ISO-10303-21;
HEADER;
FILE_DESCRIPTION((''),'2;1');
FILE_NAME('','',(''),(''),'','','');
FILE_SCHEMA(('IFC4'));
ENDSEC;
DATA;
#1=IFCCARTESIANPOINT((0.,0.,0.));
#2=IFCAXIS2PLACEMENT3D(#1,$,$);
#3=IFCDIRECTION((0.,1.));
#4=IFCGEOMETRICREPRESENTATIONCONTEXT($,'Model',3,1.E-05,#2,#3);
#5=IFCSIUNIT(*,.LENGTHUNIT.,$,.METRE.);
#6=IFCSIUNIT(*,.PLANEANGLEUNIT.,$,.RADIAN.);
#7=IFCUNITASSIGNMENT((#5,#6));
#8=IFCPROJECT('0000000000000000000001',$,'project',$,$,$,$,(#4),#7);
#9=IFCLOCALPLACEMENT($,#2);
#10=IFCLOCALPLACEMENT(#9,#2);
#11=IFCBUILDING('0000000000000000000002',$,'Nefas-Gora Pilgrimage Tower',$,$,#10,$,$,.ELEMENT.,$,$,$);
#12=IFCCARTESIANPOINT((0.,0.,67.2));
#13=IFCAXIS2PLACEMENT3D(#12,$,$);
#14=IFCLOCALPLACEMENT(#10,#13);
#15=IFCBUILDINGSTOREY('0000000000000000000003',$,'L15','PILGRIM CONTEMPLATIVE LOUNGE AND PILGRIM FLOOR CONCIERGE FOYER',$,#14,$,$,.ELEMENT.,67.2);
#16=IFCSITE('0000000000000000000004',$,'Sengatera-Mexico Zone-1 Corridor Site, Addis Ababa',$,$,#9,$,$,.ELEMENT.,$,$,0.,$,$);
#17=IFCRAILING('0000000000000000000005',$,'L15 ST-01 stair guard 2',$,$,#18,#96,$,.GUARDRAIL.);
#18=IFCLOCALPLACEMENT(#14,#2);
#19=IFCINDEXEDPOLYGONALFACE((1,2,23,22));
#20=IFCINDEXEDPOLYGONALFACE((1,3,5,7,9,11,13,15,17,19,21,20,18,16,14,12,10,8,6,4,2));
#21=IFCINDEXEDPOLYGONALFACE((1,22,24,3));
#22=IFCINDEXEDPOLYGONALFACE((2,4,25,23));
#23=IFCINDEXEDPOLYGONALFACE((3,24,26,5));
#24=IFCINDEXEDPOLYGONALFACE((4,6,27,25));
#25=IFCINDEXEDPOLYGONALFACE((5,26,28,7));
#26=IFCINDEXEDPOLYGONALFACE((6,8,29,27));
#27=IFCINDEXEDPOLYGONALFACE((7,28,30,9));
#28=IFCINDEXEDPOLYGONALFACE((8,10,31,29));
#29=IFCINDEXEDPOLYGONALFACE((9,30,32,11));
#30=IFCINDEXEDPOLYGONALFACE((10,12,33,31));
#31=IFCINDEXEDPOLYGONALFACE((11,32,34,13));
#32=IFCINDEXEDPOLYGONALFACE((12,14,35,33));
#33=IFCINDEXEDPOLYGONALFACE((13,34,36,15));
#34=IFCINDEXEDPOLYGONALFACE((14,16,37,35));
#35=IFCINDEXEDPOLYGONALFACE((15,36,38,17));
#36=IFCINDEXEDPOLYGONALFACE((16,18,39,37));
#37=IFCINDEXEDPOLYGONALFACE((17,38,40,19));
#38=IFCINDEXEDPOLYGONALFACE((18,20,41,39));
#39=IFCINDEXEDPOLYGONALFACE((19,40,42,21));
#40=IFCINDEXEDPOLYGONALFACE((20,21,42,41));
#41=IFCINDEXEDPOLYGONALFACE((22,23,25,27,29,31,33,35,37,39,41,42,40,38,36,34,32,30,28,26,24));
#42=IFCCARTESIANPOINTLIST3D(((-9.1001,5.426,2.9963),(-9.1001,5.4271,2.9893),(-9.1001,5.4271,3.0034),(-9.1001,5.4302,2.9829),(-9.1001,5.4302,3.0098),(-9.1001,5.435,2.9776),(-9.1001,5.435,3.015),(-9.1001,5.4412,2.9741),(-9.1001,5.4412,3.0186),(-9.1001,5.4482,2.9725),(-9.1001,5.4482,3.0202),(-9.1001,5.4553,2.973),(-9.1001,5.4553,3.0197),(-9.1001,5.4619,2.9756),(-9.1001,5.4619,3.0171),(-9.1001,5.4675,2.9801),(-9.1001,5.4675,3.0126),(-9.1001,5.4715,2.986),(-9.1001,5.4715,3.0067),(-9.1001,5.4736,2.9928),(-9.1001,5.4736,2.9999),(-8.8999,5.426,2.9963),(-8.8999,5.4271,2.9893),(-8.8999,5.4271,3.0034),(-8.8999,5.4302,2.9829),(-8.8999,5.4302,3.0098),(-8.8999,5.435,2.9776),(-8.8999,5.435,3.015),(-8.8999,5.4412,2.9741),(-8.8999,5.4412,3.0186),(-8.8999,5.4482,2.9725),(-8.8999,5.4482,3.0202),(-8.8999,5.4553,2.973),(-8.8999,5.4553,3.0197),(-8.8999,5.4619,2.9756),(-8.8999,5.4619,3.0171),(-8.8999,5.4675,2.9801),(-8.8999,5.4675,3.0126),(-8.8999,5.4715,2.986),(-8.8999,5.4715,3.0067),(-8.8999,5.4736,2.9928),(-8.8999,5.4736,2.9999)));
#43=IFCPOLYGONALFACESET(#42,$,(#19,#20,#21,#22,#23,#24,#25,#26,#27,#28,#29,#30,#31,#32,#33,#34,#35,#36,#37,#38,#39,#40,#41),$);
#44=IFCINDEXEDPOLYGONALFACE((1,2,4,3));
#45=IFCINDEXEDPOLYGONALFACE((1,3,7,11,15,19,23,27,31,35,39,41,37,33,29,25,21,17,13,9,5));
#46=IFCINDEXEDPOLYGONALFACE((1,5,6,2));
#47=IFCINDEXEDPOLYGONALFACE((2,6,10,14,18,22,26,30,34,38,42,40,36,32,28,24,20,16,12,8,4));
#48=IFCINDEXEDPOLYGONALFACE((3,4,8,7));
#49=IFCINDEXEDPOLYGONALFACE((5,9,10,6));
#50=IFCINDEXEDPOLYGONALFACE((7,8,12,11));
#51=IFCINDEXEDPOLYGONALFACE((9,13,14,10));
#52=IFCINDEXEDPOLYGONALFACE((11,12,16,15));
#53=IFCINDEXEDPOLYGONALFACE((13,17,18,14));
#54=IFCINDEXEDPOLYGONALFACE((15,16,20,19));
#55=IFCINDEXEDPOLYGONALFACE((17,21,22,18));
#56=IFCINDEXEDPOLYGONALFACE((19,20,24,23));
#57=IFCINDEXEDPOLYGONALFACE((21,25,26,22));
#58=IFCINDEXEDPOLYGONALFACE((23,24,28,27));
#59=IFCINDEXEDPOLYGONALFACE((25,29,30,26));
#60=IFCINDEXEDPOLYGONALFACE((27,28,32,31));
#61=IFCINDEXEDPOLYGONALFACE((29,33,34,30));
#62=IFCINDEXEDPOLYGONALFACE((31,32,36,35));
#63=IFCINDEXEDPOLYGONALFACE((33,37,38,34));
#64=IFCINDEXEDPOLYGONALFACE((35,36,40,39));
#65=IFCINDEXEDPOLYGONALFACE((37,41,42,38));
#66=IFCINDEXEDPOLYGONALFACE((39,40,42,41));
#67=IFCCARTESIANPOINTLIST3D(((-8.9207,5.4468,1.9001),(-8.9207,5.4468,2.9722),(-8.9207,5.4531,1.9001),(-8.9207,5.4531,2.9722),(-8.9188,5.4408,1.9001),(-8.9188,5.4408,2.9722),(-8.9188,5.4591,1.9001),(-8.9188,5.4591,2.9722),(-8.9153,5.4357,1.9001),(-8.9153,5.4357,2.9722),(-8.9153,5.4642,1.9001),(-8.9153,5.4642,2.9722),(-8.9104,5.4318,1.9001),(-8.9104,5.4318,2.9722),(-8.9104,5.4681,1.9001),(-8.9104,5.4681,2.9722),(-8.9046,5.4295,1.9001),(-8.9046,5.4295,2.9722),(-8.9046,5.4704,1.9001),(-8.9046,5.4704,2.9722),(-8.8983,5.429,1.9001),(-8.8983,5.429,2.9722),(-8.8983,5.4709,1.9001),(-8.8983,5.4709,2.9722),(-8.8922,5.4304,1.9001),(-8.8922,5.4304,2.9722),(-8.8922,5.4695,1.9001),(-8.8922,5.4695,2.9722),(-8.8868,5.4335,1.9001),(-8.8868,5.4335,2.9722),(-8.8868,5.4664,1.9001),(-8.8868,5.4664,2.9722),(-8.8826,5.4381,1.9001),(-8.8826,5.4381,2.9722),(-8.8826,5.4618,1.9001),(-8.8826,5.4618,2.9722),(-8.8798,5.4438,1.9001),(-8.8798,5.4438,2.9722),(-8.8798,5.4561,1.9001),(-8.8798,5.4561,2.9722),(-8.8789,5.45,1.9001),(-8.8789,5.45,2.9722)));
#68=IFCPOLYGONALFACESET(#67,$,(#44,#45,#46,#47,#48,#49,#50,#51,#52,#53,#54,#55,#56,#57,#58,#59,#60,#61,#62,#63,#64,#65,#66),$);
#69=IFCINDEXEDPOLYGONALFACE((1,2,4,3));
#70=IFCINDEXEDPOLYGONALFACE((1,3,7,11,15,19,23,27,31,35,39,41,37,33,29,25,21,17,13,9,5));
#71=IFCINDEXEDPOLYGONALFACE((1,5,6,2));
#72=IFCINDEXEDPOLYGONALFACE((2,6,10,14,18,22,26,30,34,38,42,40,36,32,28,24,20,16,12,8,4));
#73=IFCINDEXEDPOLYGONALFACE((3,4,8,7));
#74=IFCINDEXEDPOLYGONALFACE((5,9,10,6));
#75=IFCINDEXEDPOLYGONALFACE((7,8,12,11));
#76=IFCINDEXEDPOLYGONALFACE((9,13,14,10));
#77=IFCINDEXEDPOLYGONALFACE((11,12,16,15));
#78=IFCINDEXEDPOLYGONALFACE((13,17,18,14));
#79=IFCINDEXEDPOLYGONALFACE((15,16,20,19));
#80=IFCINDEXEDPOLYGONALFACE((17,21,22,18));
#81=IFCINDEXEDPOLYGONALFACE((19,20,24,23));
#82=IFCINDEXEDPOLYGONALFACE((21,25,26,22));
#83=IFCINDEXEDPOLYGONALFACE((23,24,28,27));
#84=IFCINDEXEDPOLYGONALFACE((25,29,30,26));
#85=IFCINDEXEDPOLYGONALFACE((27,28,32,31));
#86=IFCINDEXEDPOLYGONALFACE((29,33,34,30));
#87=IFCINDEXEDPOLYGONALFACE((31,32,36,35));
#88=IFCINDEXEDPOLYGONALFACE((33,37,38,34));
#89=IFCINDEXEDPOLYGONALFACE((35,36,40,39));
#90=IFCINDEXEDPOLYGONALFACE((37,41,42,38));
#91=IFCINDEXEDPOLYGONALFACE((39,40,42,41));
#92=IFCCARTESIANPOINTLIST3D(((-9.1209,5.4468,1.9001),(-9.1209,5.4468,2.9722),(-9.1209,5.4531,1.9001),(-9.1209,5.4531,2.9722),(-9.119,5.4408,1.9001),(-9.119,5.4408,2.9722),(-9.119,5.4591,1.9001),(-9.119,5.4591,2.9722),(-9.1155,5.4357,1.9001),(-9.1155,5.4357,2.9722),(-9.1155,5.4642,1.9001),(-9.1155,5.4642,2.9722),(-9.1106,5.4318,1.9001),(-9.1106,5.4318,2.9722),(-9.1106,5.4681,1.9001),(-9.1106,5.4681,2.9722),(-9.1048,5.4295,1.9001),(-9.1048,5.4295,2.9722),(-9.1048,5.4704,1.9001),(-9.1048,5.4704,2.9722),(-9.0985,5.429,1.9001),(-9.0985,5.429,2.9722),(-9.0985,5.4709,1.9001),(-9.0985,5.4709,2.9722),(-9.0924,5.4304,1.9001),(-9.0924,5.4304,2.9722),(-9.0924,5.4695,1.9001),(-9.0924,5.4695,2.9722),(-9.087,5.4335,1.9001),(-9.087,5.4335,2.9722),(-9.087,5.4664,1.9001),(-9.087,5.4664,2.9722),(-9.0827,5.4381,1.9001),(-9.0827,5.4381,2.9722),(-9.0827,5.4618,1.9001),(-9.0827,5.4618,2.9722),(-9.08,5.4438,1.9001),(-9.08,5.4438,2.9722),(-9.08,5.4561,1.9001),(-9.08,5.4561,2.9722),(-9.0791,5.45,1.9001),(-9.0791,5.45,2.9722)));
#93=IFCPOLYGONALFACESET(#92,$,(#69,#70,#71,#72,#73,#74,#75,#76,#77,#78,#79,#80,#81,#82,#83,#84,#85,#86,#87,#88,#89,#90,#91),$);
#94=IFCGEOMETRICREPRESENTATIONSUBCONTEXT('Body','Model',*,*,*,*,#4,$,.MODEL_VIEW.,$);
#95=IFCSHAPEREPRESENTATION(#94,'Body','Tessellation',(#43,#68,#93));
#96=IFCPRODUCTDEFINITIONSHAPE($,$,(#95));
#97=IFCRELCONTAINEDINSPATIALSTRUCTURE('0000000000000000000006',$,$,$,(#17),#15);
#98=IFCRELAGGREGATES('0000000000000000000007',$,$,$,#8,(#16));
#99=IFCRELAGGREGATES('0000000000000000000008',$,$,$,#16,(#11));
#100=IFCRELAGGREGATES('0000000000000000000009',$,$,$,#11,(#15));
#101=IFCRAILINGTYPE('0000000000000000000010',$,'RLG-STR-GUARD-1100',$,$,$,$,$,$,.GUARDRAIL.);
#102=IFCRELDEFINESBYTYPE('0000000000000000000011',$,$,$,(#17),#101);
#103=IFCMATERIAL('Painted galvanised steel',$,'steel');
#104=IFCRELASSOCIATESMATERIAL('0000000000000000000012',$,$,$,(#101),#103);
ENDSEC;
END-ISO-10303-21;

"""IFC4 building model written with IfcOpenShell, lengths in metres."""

from ifc_helpers import new_model, si_unit, direction, frame, origin, origin_2d, place, context, subcontext, project, spatial, circle, extrude, material, type_object, element, save


model = new_model("IFC4")

# Units and contexts
model_context = context("Model", 3, precision=1e-05, world=origin(), true_north=direction((0.0, 1.0)))
body_context = subcontext(model_context, "Body", "Model", "MODEL_VIEW")
ifc_project = project(units=[si_unit("LENGTHUNIT", "METRE"), si_unit("PLANEANGLEUNIT", "RADIAN")], contexts=[model_context])

# Site, building, storey
site_placement = place(None, origin())
site = spatial("IfcSite", under=ifc_project, at=site_placement, Name="Sengatera-Mexico Zone-1 Corridor Site, Addis Ababa", CompositionType="ELEMENT", RefElevation=0.0)
building_placement = place(site_placement, origin())
building = spatial("IfcBuilding", under=site, at=building_placement, Name="Nefas-Gora Pilgrimage Tower", CompositionType="ELEMENT")
storey_placement = place(building_placement, frame((0.0, 0.0, 67.2)))
storey = spatial("IfcBuildingStorey", under=building, at=storey_placement, Name="L15", Description="PILGRIM CONTEMPLATIVE LOUNGE AND PILGRIM FLOOR CONCIERGE FOYER", CompositionType="ELEMENT", Elevation=67.2)

# Railing
ifc_material_1 = material(Name="Painted galvanised steel", Category="steel")
railing_type_1 = type_object("IfcRailingType", Name="RLG-STR-GUARD-1100", PredefinedType="GUARDRAIL", material=ifc_material_1)
railing_1_placement = place(storey_placement, frame((-8.8999, 5.45, 1.9001)))
element("IfcRailing", 1, at=railing_1_placement, inside=storey, type_object=railing_type_1, Name="L15 ST-01 stair guard 2", PredefinedType="GUARDRAIL", context=body_context, shape_type="SweptSolid", body=[
    extrude(circle(Radius=0.0239, at=origin_2d()), frame((0.0, 0.0, 1.0962), z_axis=(-1.0, 0.0, 0.0), x_axis=(0.0, -1.0, 0.0)), (0.0, 0.0, 1.0), 0.2002),
    extrude(circle(Radius=0.021, at=origin_2d()), origin(), (0.0, 0.0, 1.0), 1.072),
    extrude(circle(Radius=0.021, at=origin_2d()), frame((-0.2002, 0.0, 0.0)), (0.0, 0.0, 1.0), 1.072),
])

save(model, "model.ifc")
